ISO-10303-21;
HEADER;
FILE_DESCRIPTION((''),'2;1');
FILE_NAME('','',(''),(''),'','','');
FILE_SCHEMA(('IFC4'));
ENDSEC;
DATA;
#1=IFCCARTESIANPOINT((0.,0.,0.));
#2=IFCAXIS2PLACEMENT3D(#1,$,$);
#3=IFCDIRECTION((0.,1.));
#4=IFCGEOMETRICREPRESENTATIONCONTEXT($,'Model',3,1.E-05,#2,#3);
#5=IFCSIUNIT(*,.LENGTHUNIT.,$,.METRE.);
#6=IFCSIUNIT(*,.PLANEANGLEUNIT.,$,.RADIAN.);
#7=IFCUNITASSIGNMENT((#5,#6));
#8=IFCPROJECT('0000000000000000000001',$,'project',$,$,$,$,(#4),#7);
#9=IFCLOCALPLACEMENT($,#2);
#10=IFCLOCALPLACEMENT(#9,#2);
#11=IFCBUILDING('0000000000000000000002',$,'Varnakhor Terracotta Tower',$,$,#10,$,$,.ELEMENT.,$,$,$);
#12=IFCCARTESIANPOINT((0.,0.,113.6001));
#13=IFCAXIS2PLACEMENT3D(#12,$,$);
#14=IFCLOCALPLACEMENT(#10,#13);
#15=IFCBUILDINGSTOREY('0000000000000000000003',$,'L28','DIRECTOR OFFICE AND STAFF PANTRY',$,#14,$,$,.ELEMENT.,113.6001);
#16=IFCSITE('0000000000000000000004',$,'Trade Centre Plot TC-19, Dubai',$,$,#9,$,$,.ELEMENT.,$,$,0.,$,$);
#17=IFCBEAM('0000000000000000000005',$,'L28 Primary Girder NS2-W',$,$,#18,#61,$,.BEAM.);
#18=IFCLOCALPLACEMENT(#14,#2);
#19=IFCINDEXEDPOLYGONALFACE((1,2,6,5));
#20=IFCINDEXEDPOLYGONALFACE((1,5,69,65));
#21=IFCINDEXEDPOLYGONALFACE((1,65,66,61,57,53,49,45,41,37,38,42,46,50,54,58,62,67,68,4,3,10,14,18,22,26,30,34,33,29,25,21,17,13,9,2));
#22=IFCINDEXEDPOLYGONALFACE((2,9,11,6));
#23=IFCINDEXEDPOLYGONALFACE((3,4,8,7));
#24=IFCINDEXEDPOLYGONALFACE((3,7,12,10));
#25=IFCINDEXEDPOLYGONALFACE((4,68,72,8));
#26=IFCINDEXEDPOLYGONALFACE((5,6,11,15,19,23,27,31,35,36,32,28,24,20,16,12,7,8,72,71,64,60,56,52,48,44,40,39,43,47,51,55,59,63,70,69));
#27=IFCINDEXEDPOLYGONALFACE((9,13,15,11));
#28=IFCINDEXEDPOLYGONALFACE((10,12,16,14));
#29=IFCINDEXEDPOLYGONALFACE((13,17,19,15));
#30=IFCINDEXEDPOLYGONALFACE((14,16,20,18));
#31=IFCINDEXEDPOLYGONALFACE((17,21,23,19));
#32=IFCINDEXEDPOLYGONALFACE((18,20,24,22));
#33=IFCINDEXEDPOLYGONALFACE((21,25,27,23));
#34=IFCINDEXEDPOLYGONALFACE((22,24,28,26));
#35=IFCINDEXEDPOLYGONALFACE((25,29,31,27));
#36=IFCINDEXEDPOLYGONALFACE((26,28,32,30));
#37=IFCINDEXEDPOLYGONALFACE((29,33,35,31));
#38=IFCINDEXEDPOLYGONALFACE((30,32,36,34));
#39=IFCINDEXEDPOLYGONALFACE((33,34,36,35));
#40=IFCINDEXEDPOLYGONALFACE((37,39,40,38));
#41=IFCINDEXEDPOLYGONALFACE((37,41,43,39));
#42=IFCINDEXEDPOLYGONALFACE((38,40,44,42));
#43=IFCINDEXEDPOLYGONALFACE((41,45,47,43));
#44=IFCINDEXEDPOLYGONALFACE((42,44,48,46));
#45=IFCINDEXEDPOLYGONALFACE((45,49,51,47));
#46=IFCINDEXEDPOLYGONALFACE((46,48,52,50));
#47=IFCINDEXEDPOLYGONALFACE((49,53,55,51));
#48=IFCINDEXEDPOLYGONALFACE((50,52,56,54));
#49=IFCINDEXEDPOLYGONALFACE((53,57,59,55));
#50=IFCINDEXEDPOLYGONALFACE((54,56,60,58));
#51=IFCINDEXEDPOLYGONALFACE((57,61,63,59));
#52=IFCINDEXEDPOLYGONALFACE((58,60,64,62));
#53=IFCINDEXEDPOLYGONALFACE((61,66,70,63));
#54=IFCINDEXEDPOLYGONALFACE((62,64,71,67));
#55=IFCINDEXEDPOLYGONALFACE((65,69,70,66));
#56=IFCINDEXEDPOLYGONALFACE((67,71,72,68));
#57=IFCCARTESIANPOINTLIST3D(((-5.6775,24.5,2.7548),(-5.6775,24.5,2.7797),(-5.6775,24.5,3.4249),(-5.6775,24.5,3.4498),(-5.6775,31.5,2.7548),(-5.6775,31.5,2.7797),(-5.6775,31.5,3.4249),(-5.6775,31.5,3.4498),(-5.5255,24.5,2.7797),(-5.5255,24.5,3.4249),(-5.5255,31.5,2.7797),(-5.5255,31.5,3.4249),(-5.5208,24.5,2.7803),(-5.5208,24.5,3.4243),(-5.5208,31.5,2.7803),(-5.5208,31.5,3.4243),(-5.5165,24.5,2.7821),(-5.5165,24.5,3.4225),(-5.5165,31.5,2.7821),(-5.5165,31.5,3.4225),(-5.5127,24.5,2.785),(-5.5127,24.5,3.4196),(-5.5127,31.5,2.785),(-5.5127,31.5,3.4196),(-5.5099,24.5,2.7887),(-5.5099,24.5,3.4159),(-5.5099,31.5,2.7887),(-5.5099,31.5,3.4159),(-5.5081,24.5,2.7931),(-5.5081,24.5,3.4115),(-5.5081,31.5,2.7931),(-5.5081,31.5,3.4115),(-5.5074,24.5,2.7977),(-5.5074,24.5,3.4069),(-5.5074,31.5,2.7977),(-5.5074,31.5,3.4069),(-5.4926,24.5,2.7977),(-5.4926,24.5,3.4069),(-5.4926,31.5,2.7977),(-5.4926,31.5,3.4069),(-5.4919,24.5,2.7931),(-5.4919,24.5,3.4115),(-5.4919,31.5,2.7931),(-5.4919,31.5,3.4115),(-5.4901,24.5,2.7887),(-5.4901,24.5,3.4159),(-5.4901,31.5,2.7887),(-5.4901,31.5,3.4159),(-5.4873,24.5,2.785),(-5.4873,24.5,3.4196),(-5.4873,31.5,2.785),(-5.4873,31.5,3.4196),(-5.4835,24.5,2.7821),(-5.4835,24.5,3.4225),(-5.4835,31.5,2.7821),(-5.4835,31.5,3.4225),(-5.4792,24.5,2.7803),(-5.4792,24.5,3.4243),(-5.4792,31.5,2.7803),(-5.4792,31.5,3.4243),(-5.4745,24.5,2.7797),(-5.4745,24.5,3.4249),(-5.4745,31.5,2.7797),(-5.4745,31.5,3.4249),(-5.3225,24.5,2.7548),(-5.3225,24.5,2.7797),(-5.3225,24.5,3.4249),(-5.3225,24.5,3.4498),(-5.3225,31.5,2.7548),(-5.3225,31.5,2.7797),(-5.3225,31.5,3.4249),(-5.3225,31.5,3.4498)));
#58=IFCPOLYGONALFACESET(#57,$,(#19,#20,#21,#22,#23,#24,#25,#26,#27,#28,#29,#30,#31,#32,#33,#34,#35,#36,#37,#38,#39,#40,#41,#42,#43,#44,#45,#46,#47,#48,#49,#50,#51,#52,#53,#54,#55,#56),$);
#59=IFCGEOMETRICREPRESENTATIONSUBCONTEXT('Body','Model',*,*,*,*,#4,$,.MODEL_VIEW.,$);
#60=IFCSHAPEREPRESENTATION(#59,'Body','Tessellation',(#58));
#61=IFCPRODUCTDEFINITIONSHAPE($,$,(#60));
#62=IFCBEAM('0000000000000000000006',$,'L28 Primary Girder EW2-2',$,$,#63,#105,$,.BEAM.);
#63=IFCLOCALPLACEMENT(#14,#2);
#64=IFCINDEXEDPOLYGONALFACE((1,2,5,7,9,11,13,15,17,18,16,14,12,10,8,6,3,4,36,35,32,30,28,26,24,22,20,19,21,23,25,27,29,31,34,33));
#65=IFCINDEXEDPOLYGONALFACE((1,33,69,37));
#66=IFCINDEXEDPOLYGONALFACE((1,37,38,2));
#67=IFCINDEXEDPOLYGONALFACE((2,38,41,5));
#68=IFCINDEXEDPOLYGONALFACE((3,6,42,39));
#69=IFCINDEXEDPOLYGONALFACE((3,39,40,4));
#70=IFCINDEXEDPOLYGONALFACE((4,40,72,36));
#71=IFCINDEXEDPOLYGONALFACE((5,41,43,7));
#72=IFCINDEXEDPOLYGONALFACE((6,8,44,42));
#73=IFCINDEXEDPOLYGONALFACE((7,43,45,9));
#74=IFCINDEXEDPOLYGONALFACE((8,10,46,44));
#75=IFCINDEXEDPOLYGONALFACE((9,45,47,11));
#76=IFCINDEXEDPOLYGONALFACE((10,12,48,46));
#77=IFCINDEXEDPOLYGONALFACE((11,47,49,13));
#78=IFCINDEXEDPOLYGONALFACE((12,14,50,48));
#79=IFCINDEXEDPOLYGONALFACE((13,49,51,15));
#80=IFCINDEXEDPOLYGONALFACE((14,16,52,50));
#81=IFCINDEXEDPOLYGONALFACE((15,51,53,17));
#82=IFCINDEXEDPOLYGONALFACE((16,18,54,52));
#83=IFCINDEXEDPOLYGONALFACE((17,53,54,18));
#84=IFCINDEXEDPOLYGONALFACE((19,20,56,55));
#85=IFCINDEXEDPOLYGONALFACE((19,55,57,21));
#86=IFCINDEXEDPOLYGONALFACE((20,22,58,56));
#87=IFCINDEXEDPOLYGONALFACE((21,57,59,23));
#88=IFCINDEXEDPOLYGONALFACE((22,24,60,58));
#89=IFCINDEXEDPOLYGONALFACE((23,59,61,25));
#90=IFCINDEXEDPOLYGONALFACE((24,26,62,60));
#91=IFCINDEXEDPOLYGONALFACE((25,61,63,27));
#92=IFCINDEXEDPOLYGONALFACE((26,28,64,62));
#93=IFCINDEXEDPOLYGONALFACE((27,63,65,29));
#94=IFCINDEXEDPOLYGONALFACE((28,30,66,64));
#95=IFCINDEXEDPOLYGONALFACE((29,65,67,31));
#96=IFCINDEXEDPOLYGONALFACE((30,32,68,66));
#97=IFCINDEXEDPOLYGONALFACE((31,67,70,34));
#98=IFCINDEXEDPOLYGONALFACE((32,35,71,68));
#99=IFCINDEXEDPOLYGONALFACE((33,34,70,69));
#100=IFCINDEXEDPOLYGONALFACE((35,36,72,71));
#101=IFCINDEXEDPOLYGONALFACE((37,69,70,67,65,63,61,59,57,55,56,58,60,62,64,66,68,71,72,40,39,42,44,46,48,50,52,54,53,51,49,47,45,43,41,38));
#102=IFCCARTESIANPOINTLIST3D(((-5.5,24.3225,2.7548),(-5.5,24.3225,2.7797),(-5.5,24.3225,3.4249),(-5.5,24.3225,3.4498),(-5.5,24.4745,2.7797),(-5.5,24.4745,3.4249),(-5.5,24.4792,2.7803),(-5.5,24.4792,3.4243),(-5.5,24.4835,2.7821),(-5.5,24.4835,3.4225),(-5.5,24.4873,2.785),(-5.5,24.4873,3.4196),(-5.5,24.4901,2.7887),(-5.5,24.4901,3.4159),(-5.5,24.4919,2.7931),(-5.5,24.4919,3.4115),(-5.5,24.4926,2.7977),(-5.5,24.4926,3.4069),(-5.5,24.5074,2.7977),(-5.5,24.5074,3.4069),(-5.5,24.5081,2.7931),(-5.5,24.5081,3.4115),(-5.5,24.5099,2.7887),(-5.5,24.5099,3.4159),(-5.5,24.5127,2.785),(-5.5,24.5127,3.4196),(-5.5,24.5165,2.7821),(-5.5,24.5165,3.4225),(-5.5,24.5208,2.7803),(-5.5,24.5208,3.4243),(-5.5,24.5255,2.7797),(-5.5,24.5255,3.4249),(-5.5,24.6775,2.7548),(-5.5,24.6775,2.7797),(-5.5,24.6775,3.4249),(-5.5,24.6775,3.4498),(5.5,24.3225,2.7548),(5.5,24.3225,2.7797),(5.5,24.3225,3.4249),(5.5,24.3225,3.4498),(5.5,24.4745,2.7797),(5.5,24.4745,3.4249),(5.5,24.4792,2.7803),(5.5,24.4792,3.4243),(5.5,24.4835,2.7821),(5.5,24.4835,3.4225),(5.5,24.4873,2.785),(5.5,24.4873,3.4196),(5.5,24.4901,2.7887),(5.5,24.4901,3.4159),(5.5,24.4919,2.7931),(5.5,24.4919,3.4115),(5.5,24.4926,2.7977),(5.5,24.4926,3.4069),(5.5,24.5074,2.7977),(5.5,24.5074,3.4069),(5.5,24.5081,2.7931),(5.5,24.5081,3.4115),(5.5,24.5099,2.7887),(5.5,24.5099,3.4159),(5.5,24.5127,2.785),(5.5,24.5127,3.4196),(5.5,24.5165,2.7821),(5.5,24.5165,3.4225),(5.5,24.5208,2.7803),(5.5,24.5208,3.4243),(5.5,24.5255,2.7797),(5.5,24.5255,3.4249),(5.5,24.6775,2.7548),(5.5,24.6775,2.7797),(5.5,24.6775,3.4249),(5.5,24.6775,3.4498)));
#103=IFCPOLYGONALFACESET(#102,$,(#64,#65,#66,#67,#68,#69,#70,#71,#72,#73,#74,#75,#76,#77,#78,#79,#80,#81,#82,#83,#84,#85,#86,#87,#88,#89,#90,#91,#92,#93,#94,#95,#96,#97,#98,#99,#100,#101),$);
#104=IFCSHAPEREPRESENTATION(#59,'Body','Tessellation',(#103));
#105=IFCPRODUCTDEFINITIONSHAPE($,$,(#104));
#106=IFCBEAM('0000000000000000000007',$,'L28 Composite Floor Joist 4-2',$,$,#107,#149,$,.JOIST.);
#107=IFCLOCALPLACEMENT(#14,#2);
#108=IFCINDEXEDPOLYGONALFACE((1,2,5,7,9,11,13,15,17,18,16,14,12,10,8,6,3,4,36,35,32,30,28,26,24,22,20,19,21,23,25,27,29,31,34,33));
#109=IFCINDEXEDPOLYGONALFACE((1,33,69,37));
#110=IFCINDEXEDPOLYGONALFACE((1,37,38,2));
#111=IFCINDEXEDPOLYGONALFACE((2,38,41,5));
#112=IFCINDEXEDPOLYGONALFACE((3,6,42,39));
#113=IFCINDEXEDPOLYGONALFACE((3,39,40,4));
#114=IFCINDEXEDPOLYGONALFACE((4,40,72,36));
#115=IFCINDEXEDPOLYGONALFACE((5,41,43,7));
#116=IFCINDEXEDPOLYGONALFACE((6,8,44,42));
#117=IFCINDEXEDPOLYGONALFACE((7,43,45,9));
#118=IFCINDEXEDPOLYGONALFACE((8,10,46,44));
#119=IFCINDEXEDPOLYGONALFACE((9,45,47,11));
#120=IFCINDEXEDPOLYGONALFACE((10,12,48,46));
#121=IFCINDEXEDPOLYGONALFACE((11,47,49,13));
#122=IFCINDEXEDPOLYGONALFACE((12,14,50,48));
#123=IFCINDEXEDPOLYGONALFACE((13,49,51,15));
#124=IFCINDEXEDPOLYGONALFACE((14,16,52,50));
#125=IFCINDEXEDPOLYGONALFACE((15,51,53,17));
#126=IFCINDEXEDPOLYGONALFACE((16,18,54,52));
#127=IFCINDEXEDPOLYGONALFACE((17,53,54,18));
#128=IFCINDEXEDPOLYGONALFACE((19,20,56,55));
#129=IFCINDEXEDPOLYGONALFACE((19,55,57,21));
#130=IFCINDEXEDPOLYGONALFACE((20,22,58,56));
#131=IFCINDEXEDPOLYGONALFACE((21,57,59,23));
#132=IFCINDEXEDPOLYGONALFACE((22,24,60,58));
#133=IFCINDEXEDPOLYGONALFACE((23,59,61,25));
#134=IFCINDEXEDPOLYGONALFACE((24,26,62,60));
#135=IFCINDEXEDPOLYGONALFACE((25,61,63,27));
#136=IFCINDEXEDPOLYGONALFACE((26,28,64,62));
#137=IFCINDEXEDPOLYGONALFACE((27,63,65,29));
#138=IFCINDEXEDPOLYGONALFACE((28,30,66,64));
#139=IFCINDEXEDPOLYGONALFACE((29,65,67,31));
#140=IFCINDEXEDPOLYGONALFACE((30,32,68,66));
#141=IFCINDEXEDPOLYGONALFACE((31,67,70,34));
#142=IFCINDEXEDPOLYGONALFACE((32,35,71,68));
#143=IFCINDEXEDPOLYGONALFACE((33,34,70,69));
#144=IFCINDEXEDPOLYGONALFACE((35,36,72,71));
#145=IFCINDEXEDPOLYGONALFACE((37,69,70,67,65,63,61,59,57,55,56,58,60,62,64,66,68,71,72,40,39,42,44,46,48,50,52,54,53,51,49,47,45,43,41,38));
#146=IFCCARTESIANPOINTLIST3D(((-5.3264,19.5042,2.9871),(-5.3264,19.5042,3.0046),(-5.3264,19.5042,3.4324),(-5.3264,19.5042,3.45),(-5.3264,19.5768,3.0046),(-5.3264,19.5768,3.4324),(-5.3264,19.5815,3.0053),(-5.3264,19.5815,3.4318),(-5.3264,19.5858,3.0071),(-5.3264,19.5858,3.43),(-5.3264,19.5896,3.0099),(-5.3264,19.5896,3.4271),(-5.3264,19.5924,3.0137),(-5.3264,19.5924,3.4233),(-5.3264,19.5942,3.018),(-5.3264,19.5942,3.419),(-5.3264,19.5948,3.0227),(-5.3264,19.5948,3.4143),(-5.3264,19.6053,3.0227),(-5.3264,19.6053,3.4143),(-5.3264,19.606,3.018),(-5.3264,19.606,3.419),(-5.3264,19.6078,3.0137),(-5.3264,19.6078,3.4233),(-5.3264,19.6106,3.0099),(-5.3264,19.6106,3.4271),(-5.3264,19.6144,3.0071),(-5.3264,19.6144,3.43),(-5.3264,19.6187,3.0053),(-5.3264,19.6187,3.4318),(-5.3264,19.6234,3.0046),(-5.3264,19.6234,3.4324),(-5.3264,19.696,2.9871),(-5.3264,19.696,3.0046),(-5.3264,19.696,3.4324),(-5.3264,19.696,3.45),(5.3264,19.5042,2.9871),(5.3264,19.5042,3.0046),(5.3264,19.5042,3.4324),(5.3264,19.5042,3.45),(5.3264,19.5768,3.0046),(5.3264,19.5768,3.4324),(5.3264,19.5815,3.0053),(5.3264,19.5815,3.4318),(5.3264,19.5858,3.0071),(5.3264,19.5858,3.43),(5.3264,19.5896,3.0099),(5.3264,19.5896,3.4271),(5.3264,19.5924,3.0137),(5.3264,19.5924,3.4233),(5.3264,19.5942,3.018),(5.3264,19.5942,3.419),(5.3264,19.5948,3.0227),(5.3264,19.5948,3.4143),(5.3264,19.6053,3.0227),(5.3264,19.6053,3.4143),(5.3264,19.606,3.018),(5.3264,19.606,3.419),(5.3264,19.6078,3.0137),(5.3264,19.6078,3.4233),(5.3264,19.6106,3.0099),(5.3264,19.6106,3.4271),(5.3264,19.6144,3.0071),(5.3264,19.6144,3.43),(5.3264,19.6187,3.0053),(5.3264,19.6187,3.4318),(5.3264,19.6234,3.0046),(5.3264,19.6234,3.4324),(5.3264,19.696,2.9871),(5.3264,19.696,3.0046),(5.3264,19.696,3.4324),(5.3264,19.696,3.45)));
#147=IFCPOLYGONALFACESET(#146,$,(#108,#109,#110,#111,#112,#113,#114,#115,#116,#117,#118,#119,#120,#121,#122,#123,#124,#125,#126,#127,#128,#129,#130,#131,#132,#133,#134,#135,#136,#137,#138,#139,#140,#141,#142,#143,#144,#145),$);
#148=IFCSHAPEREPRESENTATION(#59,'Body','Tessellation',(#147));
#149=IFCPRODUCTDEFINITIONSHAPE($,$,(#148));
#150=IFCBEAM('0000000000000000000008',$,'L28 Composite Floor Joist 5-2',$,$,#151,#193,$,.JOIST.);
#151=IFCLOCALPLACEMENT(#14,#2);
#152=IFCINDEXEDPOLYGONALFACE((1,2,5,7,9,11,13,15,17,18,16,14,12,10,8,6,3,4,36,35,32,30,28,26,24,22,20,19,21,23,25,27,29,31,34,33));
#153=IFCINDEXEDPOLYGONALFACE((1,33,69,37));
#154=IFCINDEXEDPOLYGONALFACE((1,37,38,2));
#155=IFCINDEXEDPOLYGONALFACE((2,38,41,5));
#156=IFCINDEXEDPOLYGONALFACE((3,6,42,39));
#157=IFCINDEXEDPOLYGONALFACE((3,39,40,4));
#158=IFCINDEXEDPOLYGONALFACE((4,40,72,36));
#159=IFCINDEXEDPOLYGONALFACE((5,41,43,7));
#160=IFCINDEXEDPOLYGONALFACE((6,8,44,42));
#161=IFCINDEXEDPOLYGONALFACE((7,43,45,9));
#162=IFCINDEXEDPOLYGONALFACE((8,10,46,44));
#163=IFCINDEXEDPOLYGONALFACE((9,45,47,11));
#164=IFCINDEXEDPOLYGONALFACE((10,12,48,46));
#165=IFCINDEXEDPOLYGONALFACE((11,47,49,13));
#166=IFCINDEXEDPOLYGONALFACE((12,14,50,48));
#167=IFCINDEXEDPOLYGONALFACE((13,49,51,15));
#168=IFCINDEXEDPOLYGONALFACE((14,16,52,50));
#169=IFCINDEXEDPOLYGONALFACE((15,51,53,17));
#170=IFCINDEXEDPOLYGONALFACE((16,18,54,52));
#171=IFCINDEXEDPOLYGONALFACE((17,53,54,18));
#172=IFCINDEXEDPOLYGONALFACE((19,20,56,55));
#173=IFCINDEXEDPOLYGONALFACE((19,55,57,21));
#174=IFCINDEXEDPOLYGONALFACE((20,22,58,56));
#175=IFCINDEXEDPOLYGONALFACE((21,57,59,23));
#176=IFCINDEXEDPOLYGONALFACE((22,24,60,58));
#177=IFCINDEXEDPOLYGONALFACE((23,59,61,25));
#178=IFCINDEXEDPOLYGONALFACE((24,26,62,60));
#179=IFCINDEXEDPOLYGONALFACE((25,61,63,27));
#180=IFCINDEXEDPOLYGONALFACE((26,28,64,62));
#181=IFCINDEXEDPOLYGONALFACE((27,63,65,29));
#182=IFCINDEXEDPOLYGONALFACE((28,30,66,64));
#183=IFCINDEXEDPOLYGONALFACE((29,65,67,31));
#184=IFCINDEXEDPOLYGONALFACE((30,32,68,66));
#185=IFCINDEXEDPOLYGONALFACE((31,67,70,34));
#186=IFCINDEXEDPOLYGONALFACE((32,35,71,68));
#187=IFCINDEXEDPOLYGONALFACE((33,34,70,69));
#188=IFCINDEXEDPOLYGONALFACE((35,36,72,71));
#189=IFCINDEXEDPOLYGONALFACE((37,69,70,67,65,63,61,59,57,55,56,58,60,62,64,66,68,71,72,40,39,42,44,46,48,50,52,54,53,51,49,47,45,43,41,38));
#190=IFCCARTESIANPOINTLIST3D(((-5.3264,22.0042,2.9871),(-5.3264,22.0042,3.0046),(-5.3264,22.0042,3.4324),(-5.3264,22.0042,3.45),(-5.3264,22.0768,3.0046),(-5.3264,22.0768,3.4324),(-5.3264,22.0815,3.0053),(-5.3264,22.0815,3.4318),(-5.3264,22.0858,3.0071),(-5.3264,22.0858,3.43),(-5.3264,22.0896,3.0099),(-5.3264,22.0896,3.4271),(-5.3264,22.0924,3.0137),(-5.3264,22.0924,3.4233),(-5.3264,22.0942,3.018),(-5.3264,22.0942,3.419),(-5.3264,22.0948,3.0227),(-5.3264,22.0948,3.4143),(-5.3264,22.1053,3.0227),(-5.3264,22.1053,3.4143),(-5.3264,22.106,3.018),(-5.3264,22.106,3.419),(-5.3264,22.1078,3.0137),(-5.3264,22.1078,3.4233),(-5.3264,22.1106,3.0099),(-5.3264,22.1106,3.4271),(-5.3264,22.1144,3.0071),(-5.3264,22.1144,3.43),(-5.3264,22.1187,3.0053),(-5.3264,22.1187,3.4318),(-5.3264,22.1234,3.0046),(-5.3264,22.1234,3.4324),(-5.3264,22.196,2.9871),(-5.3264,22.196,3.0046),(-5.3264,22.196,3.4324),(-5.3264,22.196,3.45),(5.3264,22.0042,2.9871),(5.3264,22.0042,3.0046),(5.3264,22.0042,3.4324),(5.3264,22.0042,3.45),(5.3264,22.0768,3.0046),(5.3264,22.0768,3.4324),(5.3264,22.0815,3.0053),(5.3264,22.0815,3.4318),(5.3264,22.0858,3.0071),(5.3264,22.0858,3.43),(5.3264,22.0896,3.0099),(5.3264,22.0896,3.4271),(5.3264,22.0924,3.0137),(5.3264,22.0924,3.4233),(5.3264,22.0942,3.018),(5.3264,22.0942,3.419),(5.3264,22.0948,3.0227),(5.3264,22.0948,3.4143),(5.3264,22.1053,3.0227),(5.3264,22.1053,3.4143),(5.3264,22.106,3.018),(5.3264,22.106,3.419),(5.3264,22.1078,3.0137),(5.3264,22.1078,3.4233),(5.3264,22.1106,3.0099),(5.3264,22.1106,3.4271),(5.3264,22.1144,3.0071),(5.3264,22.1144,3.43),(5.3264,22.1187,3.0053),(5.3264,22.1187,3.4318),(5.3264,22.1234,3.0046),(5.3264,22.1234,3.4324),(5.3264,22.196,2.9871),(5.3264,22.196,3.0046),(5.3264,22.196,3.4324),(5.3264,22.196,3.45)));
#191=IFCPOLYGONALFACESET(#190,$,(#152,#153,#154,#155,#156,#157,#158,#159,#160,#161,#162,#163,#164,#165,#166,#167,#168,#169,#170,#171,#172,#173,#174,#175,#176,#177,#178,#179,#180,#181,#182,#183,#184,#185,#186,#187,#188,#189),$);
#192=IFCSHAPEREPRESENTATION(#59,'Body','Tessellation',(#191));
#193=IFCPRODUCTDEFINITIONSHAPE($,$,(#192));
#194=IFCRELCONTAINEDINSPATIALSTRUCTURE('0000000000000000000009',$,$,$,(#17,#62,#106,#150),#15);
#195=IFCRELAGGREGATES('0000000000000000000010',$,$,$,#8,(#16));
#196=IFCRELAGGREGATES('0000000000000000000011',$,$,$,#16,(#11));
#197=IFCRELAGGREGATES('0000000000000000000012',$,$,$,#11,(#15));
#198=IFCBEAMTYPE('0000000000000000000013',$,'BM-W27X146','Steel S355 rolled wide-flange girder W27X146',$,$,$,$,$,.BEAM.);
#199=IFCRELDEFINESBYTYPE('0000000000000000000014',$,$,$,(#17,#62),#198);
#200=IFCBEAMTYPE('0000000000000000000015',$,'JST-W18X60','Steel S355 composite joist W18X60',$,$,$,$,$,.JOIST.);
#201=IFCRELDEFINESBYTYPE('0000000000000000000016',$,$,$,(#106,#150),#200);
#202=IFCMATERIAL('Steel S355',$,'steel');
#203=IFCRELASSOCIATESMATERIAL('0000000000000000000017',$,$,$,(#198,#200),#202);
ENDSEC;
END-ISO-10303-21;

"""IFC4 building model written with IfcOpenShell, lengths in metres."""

from ifc_helpers import new_model, si_unit, direction, frame, origin, origin_2d, place, context, subcontext, project, spatial, i_section, extrude, source, transform, mapped, material, material_profile, profile_set, type_object, element, save


model = new_model("IFC4")

# Units and contexts
model_context = context("Model", 3, precision=1e-05, world=origin(), true_north=direction((0.0, 1.0)))
body_context = subcontext(model_context, "Body", "Model", "MODEL_VIEW")
ifc_project = project(units=[si_unit("LENGTHUNIT", "METRE"), si_unit("PLANEANGLEUNIT", "RADIAN")], contexts=[model_context])

# Site, building, storey
site_placement = place(None, origin())
site = spatial("IfcSite", under=ifc_project, at=site_placement, Name="Trade Centre Plot TC-19, Dubai", CompositionType="ELEMENT", RefElevation=0.0)
building_placement = place(site_placement, origin())
building = spatial("IfcBuilding", under=site, at=building_placement, Name="Varnakhor Terracotta Tower", CompositionType="ELEMENT")
storey_placement = place(building_placement, frame((0.0, 0.0, 113.6001)))
storey = spatial("IfcBuildingStorey", under=building, at=storey_placement, Name="L28", Description="DIRECTOR OFFICE AND STAFF PANTRY", CompositionType="ELEMENT", Elevation=113.6001)

# Beams
ifc_material_1 = material(Name="Steel S355", Category="steel")
ifc_material_profile_1 = material_profile(ifc_material_1, i_section(OverallWidth=0.355, OverallDepth=0.6951, WebThickness=0.0149, FlangeThickness=0.0249, FilletRadius=0.0181, at=origin_2d()), Name="W27X146")
ifc_profile_set_1 = profile_set([ifc_material_profile_1], Name="Steel S355")
beam_type_1 = type_object("IfcBeamType", Name="BM-W27X146", Description="Steel S355 rolled wide-flange girder W27X146", PredefinedType="BEAM", material=ifc_profile_set_1)
shared_shape_1 = source(origin(), body_context, "Body", "SweptSolid", [
    extrude(i_section(OverallWidth=0.355, OverallDepth=0.6951, WebThickness=0.0149, FlangeThickness=0.0249, FilletRadius=0.0181, at=origin_2d()), origin(), (0.0, 0.0, 1.0), 7.0),
])
beam_1_placement = place(storey_placement, frame((-5.5, 24.5, 3.1023), z_axis=(0.0, 1.0, 0.0), x_axis=(-1.0, 0.0, 0.0)))
element("IfcBeam", 1, at=beam_1_placement, inside=storey, type_object=beam_type_1, Name="L28 Primary Girder NS2-W", PredefinedType="BEAM", context=body_context, shape_type="MappedRepresentation", body=[
    mapped(shared_shape_1, transform((0.0, 0.0, 0.0), scale=1.0)),
])
shared_shape_2 = source(origin(), body_context, "Body", "SweptSolid", [
    extrude(i_section(OverallWidth=0.355, OverallDepth=0.6951, WebThickness=0.0149, FlangeThickness=0.0249, FilletRadius=0.0181, at=origin_2d()), origin(), (0.0, 0.0, 1.0), 11.0),
])
beam_2_placement = place(storey_placement, frame((-5.5, 24.5, 3.1023), z_axis=(1.0, 0.0, 0.0), x_axis=(0.0, 1.0, 0.0)))
element("IfcBeam", 2, at=beam_2_placement, inside=storey, type_object=beam_type_1, Name="L28 Primary Girder EW2-2", PredefinedType="BEAM", context=body_context, shape_type="MappedRepresentation", body=[
    mapped(shared_shape_2, transform((0.0, 0.0, 0.0), scale=1.0)),
])
ifc_material_profile_2 = material_profile(ifc_material_1, i_section(OverallWidth=0.1919, OverallDepth=0.4629, WebThickness=0.0105, FlangeThickness=0.0176, FilletRadius=0.0181, at=origin_2d()), Name="W18X60")
ifc_profile_set_2 = profile_set([ifc_material_profile_2], Name="Steel S355")
beam_type_2 = type_object("IfcBeamType", Name="JST-W18X60", Description="Steel S355 composite joist W18X60", PredefinedType="JOIST", material=ifc_profile_set_2)
shared_shape_3 = source(origin(), body_context, "Body", "SweptSolid", [
    extrude(i_section(OverallWidth=0.1919, OverallDepth=0.4629, WebThickness=0.0105, FlangeThickness=0.0176, FilletRadius=0.0181, at=origin_2d()), origin(), (0.0, 0.0, 1.0), 10.6528),
])
for number, where, z_axis, x_axis, name in (
    (3, (-5.3264, 19.6001, 3.2185), (1.0, 0.0, 0.0), (0.0, 1.0, 0.0), "L28 Composite Floor Joist 4-2"),
    (4, (-5.3264, 22.1001, 3.2185), (1.0, 0.0, 0.0), (0.0, 1.0, 0.0), "L28 Composite Floor Joist 5-2"),
):
    element("IfcBeam", number, at=place(storey_placement, frame(where, z_axis=z_axis, x_axis=x_axis)), inside=storey, type_object=beam_type_2, Name=name, PredefinedType="JOIST", context=body_context, shape_type="MappedRepresentation", body=[
        mapped(shared_shape_3, transform((0.0, 0.0, 0.0), scale=1.0)),
    ])

save(model, "model.ifc")
